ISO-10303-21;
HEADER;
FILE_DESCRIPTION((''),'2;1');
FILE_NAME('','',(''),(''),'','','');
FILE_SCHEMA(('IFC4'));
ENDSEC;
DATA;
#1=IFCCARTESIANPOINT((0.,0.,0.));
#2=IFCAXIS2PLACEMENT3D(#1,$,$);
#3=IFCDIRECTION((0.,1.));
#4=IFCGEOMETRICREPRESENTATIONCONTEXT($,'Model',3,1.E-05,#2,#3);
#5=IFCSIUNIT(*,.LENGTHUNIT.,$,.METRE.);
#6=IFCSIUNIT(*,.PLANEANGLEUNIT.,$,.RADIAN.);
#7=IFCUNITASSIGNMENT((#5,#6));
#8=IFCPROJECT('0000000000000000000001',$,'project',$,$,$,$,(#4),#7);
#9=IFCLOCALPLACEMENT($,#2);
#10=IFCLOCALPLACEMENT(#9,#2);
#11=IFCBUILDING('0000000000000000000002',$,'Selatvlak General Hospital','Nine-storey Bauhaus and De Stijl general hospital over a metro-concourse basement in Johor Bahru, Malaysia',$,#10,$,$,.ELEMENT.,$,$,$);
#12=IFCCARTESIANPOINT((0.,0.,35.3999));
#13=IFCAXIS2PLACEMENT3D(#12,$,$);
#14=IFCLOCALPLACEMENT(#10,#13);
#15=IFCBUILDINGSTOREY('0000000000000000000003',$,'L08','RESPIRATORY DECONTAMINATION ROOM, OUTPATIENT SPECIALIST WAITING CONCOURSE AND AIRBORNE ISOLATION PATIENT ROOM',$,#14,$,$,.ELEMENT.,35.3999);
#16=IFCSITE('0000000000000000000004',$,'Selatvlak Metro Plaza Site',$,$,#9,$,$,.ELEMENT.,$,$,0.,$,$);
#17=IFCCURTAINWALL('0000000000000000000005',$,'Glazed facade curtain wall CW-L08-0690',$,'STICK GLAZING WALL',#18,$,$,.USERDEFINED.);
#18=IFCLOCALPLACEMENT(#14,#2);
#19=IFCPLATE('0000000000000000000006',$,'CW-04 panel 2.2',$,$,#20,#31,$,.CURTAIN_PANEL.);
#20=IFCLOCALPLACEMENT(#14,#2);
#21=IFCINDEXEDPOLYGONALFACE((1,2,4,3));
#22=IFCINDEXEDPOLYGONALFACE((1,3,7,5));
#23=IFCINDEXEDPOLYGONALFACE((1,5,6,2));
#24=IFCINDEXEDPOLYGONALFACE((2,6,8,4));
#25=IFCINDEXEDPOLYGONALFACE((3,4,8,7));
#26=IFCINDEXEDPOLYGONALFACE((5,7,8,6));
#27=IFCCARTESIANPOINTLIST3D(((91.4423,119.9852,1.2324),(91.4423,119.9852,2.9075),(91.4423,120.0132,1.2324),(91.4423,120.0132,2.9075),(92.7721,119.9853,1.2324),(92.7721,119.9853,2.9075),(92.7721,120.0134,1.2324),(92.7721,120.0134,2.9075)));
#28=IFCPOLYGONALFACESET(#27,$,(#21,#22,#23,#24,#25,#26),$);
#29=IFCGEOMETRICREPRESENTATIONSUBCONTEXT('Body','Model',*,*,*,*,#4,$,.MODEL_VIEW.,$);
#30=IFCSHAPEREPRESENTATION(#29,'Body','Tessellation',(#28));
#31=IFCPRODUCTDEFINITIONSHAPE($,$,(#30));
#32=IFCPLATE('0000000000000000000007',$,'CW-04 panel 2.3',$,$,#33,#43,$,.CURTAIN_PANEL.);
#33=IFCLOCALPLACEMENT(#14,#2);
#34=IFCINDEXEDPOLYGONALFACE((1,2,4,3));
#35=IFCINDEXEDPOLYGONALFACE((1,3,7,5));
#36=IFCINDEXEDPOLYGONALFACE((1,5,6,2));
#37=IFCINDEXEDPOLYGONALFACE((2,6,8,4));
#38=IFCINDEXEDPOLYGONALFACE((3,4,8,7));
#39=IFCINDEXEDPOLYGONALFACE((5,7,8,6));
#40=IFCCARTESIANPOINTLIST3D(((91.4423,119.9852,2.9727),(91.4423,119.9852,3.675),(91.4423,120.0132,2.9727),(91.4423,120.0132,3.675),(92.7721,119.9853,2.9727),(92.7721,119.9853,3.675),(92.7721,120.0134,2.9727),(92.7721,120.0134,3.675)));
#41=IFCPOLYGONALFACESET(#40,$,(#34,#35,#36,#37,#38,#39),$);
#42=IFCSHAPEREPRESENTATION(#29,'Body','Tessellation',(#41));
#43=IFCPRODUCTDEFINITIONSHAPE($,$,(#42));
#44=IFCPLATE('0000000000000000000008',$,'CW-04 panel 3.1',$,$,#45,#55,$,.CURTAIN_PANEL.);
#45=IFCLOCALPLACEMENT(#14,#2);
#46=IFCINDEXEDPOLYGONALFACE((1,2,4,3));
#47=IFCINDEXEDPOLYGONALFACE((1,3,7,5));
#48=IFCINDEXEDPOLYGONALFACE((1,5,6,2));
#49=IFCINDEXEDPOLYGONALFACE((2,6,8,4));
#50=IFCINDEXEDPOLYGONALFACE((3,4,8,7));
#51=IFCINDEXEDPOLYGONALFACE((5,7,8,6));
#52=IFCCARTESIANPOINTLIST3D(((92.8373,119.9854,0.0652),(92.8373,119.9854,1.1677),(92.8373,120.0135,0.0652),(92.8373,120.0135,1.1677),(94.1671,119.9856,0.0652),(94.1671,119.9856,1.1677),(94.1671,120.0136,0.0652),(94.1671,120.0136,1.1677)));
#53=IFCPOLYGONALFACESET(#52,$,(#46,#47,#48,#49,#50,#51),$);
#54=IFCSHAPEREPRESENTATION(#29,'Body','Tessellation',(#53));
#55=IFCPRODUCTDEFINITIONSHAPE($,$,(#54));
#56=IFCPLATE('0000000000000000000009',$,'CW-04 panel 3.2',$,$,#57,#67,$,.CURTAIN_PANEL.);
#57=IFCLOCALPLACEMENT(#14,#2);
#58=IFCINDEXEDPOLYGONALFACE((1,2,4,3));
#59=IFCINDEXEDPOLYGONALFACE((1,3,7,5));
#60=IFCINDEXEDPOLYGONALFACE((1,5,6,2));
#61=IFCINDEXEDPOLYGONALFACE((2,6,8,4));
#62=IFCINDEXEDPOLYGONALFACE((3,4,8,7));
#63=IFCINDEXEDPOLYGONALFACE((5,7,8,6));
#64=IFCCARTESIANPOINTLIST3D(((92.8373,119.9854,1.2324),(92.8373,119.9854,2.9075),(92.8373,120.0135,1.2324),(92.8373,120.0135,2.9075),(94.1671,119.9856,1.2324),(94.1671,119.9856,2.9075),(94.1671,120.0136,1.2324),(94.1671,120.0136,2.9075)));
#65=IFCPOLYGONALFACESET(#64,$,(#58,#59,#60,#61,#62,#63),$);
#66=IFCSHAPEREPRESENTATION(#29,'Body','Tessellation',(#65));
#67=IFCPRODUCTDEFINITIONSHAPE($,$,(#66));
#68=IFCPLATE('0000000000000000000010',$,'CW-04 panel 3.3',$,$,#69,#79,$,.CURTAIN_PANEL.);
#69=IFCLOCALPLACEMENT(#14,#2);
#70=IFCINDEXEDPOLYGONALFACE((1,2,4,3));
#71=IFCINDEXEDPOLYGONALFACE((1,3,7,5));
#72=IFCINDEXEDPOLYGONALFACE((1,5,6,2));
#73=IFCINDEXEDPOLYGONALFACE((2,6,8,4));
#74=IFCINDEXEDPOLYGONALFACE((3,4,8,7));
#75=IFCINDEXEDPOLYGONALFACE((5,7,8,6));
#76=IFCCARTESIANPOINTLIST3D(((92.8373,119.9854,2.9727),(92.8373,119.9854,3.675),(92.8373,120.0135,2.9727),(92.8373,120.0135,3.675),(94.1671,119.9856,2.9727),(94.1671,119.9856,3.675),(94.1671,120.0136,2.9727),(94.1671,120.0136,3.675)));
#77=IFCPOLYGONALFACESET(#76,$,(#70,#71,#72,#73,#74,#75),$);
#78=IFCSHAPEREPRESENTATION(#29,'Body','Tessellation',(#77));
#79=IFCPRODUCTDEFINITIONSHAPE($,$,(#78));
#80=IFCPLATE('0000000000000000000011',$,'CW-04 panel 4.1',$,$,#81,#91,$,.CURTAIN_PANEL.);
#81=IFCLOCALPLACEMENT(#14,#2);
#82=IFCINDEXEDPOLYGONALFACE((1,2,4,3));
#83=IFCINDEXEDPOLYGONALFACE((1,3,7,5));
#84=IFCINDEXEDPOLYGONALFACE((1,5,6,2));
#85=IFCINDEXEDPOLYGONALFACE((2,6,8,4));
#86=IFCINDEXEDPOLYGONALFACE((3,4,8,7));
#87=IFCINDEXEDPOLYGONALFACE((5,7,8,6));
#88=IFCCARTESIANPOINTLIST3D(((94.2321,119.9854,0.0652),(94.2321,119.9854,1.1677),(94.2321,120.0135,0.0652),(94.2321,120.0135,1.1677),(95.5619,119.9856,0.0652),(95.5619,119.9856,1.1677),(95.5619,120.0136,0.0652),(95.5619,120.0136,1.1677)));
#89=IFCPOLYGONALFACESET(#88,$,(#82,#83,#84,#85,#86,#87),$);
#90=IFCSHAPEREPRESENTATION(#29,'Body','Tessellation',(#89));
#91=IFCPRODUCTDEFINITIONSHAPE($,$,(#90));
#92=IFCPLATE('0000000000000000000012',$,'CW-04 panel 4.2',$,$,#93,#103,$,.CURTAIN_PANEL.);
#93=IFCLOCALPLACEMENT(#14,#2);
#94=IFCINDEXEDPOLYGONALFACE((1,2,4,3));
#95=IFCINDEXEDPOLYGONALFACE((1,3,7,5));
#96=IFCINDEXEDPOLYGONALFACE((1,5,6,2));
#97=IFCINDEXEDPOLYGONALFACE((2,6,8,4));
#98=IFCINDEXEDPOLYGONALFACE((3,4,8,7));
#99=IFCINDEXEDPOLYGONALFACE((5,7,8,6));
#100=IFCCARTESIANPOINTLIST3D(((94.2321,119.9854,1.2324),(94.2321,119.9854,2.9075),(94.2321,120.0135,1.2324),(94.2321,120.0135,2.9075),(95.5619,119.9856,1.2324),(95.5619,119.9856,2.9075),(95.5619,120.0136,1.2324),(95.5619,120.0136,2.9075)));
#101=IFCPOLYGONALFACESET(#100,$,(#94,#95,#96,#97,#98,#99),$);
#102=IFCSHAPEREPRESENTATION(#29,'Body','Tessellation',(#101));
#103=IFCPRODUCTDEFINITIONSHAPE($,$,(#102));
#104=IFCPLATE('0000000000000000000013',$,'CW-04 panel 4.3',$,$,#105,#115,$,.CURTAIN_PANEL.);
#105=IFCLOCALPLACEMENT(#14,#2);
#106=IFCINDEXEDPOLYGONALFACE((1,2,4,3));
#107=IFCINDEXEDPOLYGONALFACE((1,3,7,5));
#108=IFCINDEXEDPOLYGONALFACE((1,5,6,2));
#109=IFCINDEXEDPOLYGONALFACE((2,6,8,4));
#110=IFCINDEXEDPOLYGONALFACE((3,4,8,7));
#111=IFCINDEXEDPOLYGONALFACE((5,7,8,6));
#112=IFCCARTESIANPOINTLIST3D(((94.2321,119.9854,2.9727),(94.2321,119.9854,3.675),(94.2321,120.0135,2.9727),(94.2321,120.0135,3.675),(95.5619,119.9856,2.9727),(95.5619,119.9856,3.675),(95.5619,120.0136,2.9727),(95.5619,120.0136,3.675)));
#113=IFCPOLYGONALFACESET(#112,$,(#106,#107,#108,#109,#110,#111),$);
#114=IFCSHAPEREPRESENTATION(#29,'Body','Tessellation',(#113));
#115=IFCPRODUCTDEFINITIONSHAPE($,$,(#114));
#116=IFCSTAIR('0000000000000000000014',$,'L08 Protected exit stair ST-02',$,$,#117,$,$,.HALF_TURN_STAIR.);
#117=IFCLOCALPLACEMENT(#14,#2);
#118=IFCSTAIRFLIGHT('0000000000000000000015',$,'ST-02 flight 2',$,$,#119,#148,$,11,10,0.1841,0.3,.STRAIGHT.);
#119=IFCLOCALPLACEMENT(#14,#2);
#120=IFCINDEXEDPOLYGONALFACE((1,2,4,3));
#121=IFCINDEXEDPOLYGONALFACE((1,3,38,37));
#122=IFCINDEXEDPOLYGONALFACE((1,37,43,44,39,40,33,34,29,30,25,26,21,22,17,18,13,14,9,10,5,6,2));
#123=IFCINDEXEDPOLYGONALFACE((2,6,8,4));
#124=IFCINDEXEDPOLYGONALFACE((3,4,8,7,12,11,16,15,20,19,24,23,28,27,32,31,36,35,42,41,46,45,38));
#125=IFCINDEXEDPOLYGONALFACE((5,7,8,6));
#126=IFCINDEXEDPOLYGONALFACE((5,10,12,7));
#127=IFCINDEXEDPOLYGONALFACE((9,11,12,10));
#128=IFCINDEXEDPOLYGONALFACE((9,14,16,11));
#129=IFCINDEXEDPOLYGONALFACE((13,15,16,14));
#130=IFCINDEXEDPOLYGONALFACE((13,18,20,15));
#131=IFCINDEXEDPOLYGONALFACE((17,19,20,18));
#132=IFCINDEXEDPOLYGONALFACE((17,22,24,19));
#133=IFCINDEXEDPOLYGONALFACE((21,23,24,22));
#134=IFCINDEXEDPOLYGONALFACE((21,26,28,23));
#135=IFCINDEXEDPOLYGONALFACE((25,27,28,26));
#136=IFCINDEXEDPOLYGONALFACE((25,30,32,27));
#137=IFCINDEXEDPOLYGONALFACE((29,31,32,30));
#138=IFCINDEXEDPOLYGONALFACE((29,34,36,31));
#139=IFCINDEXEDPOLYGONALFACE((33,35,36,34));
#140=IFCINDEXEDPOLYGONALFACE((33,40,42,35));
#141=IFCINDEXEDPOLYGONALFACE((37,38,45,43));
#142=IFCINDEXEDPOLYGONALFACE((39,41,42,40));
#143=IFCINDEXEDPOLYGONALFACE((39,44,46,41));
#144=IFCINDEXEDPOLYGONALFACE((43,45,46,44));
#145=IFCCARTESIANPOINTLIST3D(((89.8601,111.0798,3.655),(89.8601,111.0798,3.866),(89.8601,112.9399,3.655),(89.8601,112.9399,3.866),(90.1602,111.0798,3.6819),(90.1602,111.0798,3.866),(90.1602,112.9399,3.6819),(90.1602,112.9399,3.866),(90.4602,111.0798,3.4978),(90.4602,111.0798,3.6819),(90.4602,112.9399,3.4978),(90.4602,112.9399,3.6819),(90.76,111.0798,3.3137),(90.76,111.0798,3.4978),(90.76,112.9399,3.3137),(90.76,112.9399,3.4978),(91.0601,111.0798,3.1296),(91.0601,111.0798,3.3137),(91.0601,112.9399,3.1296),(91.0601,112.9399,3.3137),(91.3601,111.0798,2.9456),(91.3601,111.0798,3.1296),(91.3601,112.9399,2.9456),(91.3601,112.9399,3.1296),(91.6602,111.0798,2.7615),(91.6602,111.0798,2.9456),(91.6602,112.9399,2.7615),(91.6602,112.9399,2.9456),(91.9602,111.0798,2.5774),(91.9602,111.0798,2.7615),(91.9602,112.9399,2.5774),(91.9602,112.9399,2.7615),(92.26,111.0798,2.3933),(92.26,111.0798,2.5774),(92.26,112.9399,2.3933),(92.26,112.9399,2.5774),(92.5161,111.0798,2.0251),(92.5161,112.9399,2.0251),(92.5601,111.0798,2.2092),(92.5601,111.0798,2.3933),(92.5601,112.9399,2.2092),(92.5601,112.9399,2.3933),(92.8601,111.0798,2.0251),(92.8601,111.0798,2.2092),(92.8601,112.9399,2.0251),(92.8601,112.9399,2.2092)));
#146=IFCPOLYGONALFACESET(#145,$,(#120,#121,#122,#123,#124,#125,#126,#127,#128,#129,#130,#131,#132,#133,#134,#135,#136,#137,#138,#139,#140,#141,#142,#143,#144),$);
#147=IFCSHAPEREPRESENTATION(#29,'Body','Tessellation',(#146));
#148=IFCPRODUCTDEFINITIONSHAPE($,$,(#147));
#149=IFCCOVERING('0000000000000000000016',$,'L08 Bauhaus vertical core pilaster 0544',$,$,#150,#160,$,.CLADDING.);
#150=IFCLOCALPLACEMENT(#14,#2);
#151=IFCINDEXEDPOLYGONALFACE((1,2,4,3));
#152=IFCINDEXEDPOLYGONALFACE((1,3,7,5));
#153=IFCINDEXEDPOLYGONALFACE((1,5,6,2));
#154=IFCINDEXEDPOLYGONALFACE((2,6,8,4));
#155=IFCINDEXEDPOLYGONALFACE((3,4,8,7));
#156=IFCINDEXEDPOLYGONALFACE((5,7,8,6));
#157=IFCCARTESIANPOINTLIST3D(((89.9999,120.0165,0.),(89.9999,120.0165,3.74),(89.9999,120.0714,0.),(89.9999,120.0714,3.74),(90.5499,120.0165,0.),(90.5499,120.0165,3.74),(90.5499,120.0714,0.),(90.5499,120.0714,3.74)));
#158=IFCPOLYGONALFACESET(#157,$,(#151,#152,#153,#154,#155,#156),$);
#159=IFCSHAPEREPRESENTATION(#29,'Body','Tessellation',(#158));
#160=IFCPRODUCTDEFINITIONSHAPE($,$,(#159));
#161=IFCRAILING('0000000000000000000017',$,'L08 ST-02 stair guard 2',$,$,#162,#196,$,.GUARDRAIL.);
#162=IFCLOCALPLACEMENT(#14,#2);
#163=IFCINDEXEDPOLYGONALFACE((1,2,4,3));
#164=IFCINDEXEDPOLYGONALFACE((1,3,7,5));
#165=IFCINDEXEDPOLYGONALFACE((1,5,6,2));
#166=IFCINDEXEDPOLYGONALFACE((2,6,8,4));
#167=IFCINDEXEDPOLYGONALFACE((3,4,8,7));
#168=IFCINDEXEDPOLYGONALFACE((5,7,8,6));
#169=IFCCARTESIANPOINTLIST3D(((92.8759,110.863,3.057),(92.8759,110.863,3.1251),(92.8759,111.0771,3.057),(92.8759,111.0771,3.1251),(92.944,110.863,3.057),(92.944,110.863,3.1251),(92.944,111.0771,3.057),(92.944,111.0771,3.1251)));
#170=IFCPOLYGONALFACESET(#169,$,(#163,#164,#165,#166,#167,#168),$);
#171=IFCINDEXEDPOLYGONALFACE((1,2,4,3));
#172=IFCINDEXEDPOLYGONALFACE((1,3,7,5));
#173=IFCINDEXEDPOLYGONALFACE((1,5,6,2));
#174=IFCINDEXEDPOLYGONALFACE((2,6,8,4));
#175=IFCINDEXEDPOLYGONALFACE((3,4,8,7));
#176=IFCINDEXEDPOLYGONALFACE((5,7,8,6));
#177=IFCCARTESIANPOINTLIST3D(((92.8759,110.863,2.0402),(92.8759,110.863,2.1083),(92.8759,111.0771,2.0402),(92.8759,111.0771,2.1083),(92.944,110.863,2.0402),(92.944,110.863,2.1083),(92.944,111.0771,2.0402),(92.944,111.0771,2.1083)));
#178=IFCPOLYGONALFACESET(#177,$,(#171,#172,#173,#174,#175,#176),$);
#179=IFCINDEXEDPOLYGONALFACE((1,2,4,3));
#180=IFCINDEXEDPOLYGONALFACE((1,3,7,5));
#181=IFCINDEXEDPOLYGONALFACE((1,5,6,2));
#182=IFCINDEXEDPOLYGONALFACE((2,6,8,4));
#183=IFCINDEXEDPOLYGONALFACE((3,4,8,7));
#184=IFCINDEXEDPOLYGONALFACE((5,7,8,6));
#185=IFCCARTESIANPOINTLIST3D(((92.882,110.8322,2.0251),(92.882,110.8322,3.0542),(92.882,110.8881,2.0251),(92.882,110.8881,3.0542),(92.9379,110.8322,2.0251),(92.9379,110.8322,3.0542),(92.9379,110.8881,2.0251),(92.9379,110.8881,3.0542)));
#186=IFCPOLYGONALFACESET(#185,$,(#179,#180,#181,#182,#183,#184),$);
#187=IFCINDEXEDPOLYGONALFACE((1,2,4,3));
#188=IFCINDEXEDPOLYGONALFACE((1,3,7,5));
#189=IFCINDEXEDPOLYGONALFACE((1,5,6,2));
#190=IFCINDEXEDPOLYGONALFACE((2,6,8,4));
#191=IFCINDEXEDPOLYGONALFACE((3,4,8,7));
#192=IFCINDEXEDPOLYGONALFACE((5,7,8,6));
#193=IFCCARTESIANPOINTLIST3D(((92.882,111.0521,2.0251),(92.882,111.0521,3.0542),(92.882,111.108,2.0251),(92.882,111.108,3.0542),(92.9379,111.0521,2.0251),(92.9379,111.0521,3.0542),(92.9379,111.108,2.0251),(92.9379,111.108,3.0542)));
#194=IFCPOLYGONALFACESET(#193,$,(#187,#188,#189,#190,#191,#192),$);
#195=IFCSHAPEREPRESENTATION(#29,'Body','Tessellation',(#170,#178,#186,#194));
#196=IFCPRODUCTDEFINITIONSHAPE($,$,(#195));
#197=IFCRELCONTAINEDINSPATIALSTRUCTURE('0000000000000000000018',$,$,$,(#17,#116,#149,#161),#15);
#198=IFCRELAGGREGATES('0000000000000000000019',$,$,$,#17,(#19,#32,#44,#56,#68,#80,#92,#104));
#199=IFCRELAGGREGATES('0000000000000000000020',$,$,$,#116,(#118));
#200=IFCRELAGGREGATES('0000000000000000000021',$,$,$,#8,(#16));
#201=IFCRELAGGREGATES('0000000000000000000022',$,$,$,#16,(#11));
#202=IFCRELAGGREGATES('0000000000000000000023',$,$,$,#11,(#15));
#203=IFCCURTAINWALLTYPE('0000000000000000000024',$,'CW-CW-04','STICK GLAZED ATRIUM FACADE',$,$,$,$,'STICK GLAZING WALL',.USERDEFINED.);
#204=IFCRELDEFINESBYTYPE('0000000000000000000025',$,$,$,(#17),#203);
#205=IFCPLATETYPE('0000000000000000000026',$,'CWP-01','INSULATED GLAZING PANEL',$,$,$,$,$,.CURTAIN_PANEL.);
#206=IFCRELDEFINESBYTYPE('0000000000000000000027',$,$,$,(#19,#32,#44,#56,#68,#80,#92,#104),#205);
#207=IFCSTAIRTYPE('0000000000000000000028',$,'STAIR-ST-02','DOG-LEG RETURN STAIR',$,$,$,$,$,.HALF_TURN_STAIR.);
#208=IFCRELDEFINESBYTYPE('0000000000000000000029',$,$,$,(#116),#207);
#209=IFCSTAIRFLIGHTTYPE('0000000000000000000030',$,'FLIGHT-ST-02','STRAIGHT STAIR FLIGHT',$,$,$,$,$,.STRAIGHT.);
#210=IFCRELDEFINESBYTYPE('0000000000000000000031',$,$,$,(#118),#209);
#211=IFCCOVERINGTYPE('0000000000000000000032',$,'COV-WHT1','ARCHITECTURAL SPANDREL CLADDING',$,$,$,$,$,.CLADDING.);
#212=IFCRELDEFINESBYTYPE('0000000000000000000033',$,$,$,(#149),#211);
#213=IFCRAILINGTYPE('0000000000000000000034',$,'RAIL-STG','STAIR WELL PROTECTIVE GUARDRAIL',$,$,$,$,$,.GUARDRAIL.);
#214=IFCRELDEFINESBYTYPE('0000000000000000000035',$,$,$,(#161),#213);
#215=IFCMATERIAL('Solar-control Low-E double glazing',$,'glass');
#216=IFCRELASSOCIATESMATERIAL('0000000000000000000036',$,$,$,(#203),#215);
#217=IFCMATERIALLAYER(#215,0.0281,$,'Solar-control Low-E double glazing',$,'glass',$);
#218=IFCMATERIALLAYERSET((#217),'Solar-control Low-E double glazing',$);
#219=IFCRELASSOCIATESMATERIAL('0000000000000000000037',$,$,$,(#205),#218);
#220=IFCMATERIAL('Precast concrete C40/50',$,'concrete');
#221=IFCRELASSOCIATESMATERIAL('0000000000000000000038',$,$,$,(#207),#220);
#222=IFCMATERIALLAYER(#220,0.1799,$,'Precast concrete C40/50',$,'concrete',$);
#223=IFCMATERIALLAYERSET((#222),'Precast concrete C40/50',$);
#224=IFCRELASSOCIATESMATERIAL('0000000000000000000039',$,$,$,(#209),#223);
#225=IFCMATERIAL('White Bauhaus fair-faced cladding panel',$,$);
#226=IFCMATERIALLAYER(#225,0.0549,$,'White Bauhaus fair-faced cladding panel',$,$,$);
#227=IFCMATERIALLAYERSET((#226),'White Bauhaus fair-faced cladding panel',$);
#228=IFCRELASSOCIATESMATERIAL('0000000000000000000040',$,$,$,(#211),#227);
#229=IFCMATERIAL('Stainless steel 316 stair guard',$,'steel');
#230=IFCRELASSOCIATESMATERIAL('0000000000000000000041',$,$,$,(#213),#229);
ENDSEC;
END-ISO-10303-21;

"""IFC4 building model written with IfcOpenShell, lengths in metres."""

from ifc_helpers import new_model, si_unit, direction, frame, origin, origin_2d, place, context, subcontext, project, spatial, polyline, rectangle, outline, extrude, material, layer, layer_set, type_object, element, aggregate, save


model = new_model("IFC4")

# Units and contexts
model_context = context("Model", 3, precision=1e-05, world=origin(), true_north=direction((0.0, 1.0)))
body_context = subcontext(model_context, "Body", "Model", "MODEL_VIEW")
ifc_project = project(units=[si_unit("LENGTHUNIT", "METRE"), si_unit("PLANEANGLEUNIT", "RADIAN")], contexts=[model_context])

# Site, building, storey
site_placement = place(None, origin())
site = spatial("IfcSite", under=ifc_project, at=site_placement, Name="Selatvlak Metro Plaza Site", CompositionType="ELEMENT", RefElevation=0.0)
building_placement = place(site_placement, origin())
building = spatial("IfcBuilding", under=site, at=building_placement, Name="Selatvlak General Hospital", Description="Nine-storey Bauhaus and De Stijl general hospital over a metro-concourse basement in Johor Bahru, Malaysia", CompositionType="ELEMENT")
storey_placement = place(building_placement, frame((0.0, 0.0, 35.3999)))
storey = spatial("IfcBuildingStorey", under=building, at=storey_placement, Name="L08", Description="RESPIRATORY DECONTAMINATION ROOM, OUTPATIENT SPECIALIST WAITING CONCOURSE AND AIRBORNE ISOLATION PATIENT ROOM", CompositionType="ELEMENT", Elevation=35.3999)

# Curtain wall, plates
ifc_material_1 = material(Name="Solar-control Low-E double glazing", Category="glass")
curtain_wall_type = type_object("IfcCurtainWallType", Name="CW-CW-04", Description="STICK GLAZED ATRIUM FACADE", ElementType="STICK GLAZING WALL", PredefinedType="USERDEFINED", material=ifc_material_1)
curtain_wall_placement = place(storey_placement, origin())
curtain_wall = element("IfcCurtainWall", 1, at=curtain_wall_placement, inside=storey, type_object=curtain_wall_type, Name="Glazed facade curtain wall CW-L08-0690", ObjectType="STICK GLAZING WALL", PredefinedType="USERDEFINED")
ifc_layer_1 = layer(ifc_material_1, 0.0281, Name="Solar-control Low-E double glazing", Category="glass")
ifc_layer_set_1 = layer_set([ifc_layer_1], Name="Solar-control Low-E double glazing")
plate_type = type_object("IfcPlateType", Name="CWP-01", Description="INSULATED GLAZING PANEL", PredefinedType="CURTAIN_PANEL", material=ifc_layer_set_1)
plate_1_placement = place(storey_placement, frame((92.1072, 119.9993, 1.2324), z_axis=(0.0, 0.0, 1.0), x_axis=(1.0, 0.000119, 0.0)))
plate_1 = element("IfcPlate", 2, at=plate_1_placement, type_object=plate_type, Name="CW-04 panel 2.2", PredefinedType="CURTAIN_PANEL", context=body_context, shape_type="SweptSolid", body=[
    extrude(rectangle(XDim=1.3298, YDim=0.0281, at=origin_2d()), origin(), (0.0, 0.0, 1.0), 1.675),
])
plate_2_placement = place(storey_placement, frame((92.1072, 119.9993, 2.9727), z_axis=(0.0, 0.0, 1.0), x_axis=(1.0, 0.000119, 0.0)))
plate_2 = element("IfcPlate", 3, at=plate_2_placement, type_object=plate_type, Name="CW-04 panel 2.3", PredefinedType="CURTAIN_PANEL", context=body_context, shape_type="SweptSolid", body=[
    extrude(rectangle(XDim=1.3298, YDim=0.0281, at=origin_2d()), origin(), (0.0, 0.0, 1.0), 0.7024),
])
plate_3_placement = place(storey_placement, frame((93.5022, 119.9995, 0.0652), z_axis=(0.0, 0.0, 1.0), x_axis=(1.0, 0.000119, 0.0)))
plate_3 = element("IfcPlate", 4, at=plate_3_placement, type_object=plate_type, Name="CW-04 panel 3.1", PredefinedType="CURTAIN_PANEL", context=body_context, shape_type="SweptSolid", body=[
    extrude(rectangle(XDim=1.3298, YDim=0.0281, at=origin_2d()), origin(), (0.0, 0.0, 1.0), 1.1025),
])
plate_4_placement = place(storey_placement, frame((93.5022, 119.9995, 1.2324), z_axis=(0.0, 0.0, 1.0), x_axis=(1.0, 0.000119, 0.0)))
plate_4 = element("IfcPlate", 5, at=plate_4_placement, type_object=plate_type, Name="CW-04 panel 3.2", PredefinedType="CURTAIN_PANEL", context=body_context, shape_type="SweptSolid", body=[
    extrude(rectangle(XDim=1.3298, YDim=0.0281, at=origin_2d()), origin(), (0.0, 0.0, 1.0), 1.675),
])
plate_5_placement = place(storey_placement, frame((93.5022, 119.9995, 2.9727), z_axis=(0.0, 0.0, 1.0), x_axis=(1.0, 0.000119, 0.0)))
plate_5 = element("IfcPlate", 6, at=plate_5_placement, type_object=plate_type, Name="CW-04 panel 3.3", PredefinedType="CURTAIN_PANEL", context=body_context, shape_type="SweptSolid", body=[
    extrude(rectangle(XDim=1.3298, YDim=0.0281, at=origin_2d()), origin(), (0.0, 0.0, 1.0), 0.7024),
])
plate_6_placement = place(storey_placement, frame((94.897, 119.9995, 0.0652), z_axis=(0.0, 0.0, 1.0), x_axis=(1.0, 0.000119, 0.0)))
plate_6 = element("IfcPlate", 7, at=plate_6_placement, type_object=plate_type, Name="CW-04 panel 4.1", PredefinedType="CURTAIN_PANEL", context=body_context, shape_type="SweptSolid", body=[
    extrude(rectangle(XDim=1.3298, YDim=0.0281, at=origin_2d()), origin(), (0.0, 0.0, 1.0), 1.1025),
])
plate_7_placement = place(storey_placement, frame((94.897, 119.9995, 1.2324), z_axis=(0.0, 0.0, 1.0), x_axis=(1.0, 0.000119, 0.0)))
plate_7 = element("IfcPlate", 8, at=plate_7_placement, type_object=plate_type, Name="CW-04 panel 4.2", PredefinedType="CURTAIN_PANEL", context=body_context, shape_type="SweptSolid", body=[
    extrude(rectangle(XDim=1.3298, YDim=0.0281, at=origin_2d()), origin(), (0.0, 0.0, 1.0), 1.675),
])
plate_8_placement = place(storey_placement, frame((94.897, 119.9995, 2.9727), z_axis=(0.0, 0.0, 1.0), x_axis=(1.0, 0.000119, 0.0)))
plate_8 = element("IfcPlate", 9, at=plate_8_placement, type_object=plate_type, Name="CW-04 panel 4.3", PredefinedType="CURTAIN_PANEL", context=body_context, shape_type="SweptSolid", body=[
    extrude(rectangle(XDim=1.3298, YDim=0.0281, at=origin_2d()), origin(), (0.0, 0.0, 1.0), 0.7024),
])
aggregate(curtain_wall, [plate_1, plate_2, plate_3, plate_4, plate_5, plate_6, plate_7, plate_8])

# Stair, stair flight
ifc_material_2 = material(Name="Precast concrete C40/50", Category="concrete")
stair_type = type_object("IfcStairType", Name="STAIR-ST-02", Description="DOG-LEG RETURN STAIR", PredefinedType="HALF_TURN_STAIR", material=ifc_material_2)
stair_placement = place(storey_placement, origin())
stair = element("IfcStair", 10, at=stair_placement, inside=storey, type_object=stair_type, Name="L08 Protected exit stair ST-02", PredefinedType="HALF_TURN_STAIR")
ifc_layer_2 = layer(ifc_material_2, 0.1799, Name="Precast concrete C40/50", Category="concrete")
ifc_layer_set_2 = layer_set([ifc_layer_2], Name="Precast concrete C40/50")
stair_flight_type = type_object("IfcStairFlightType", Name="FLIGHT-ST-02", Description="STRAIGHT STAIR FLIGHT", PredefinedType="STRAIGHT", material=ifc_layer_set_2)
stair_flight_placement = place(storey_placement, frame((92.8601, 112.01, 2.0251), z_axis=(0.0, 0.0, 1.0), x_axis=(-1.0, 0.0, 0.0)))
stair_flight = element("IfcStairFlight", 11, at=stair_flight_placement, type_object=stair_flight_type, Name="ST-02 flight 2", NumberOfRisers=11, NumberOfTreads=10, PredefinedType="STRAIGHT", RiserHeight=0.1841, TreadLength=0.3, context=body_context, shape_type="SweptSolid", body=[
    extrude(outline(polyline([(0.0, 0.0), (0.0, 0.1841), (0.3, 0.1841), (0.3, 0.3682), (0.6001, 0.3682), (0.6001, 0.5522), (0.8999, 0.5522), (0.8999, 0.7363), (1.2, 0.7363), (1.2, 0.9204), (1.5, 0.9204), (1.5, 1.1045), (1.8, 1.1045), (1.8, 1.2886), (2.1001, 1.2886), (2.1001, 1.4727), (2.3999, 1.4727), (2.3999, 1.6567), (2.7, 1.6567), (2.7, 1.8408), (3.0, 1.8408), (3.0, 2.0249), (3.0, 1.6299), (0.344, 0.0), (0.0, 0.0)])), frame((0.0, 0.9302, 0.0), z_axis=(0.0, -1.0, 0.0), x_axis=(1.0, 0.0, 0.0)), (0.0, 0.0, 1.0), 1.8601),
])
aggregate(stair, [stair_flight])

# Covering
ifc_material_3 = material(Name="White Bauhaus fair-faced cladding panel")
ifc_layer_3 = layer(ifc_material_3, 0.0549, Name="White Bauhaus fair-faced cladding panel")
ifc_layer_set_3 = layer_set([ifc_layer_3], Name="White Bauhaus fair-faced cladding panel")
covering_type = type_object("IfcCoveringType", Name="COV-WHT1", Description="ARCHITECTURAL SPANDREL CLADDING", PredefinedType="CLADDING", material=ifc_layer_set_3)
covering_placement = place(storey_placement, frame((90.2749, 120.0439, 0.0), z_axis=(0.0, 0.0, 1.0), x_axis=(1.0, 0.0, 0.0)))
element("IfcCovering", 12, at=covering_placement, inside=storey, type_object=covering_type, Name="L08 Bauhaus vertical core pilaster 0544", PredefinedType="CLADDING", context=body_context, shape_type="SweptSolid", body=[
    extrude(rectangle(XDim=0.55, YDim=0.0549, at=origin_2d()), origin(), (0.0, 0.0, 1.0), 3.74),
])

# Railing
ifc_material_4 = material(Name="Stainless steel 316 stair guard", Category="steel")
railing_type_1 = type_object("IfcRailingType", Name="RAIL-STG", Description="STAIR WELL PROTECTIVE GUARDRAIL", PredefinedType="GUARDRAIL", material=ifc_material_4)
railing_1_placement = place(storey_placement, frame((92.9099, 110.8601, 2.0251)))
element("IfcRailing", 13, at=railing_1_placement, inside=storey, type_object=railing_type_1, Name="L08 ST-02 stair guard 2", PredefinedType="GUARDRAIL", context=body_context, shape_type="SweptSolid", body=[
    extrude(rectangle(XDim=0.0681, YDim=0.0681, at=origin_2d()), frame((0.0, 0.0029, 1.0659), z_axis=(0.0, 1.0, 0.0), x_axis=(-1.0, 0.0, 0.0)), (0.0, 0.0, 1.0), 0.2141),
    extrude(rectangle(XDim=0.0681, YDim=0.0681, at=origin_2d()), frame((0.0, 0.0029, 0.0491), z_axis=(0.0, 1.0, 0.0), x_axis=(-1.0, 0.0, 0.0)), (0.0, 0.0, 1.0), 0.2141),
    extrude(rectangle(XDim=0.0559, YDim=0.0559, at=origin_2d()), origin(), (0.0, 0.0, 1.0), 1.0291),
    extrude(rectangle(XDim=0.0559, YDim=0.0559, at=origin_2d()), frame((0.0, 0.22, 0.0)), (0.0, 0.0, 1.0), 1.0291),
])

save(model, "model.ifc")
